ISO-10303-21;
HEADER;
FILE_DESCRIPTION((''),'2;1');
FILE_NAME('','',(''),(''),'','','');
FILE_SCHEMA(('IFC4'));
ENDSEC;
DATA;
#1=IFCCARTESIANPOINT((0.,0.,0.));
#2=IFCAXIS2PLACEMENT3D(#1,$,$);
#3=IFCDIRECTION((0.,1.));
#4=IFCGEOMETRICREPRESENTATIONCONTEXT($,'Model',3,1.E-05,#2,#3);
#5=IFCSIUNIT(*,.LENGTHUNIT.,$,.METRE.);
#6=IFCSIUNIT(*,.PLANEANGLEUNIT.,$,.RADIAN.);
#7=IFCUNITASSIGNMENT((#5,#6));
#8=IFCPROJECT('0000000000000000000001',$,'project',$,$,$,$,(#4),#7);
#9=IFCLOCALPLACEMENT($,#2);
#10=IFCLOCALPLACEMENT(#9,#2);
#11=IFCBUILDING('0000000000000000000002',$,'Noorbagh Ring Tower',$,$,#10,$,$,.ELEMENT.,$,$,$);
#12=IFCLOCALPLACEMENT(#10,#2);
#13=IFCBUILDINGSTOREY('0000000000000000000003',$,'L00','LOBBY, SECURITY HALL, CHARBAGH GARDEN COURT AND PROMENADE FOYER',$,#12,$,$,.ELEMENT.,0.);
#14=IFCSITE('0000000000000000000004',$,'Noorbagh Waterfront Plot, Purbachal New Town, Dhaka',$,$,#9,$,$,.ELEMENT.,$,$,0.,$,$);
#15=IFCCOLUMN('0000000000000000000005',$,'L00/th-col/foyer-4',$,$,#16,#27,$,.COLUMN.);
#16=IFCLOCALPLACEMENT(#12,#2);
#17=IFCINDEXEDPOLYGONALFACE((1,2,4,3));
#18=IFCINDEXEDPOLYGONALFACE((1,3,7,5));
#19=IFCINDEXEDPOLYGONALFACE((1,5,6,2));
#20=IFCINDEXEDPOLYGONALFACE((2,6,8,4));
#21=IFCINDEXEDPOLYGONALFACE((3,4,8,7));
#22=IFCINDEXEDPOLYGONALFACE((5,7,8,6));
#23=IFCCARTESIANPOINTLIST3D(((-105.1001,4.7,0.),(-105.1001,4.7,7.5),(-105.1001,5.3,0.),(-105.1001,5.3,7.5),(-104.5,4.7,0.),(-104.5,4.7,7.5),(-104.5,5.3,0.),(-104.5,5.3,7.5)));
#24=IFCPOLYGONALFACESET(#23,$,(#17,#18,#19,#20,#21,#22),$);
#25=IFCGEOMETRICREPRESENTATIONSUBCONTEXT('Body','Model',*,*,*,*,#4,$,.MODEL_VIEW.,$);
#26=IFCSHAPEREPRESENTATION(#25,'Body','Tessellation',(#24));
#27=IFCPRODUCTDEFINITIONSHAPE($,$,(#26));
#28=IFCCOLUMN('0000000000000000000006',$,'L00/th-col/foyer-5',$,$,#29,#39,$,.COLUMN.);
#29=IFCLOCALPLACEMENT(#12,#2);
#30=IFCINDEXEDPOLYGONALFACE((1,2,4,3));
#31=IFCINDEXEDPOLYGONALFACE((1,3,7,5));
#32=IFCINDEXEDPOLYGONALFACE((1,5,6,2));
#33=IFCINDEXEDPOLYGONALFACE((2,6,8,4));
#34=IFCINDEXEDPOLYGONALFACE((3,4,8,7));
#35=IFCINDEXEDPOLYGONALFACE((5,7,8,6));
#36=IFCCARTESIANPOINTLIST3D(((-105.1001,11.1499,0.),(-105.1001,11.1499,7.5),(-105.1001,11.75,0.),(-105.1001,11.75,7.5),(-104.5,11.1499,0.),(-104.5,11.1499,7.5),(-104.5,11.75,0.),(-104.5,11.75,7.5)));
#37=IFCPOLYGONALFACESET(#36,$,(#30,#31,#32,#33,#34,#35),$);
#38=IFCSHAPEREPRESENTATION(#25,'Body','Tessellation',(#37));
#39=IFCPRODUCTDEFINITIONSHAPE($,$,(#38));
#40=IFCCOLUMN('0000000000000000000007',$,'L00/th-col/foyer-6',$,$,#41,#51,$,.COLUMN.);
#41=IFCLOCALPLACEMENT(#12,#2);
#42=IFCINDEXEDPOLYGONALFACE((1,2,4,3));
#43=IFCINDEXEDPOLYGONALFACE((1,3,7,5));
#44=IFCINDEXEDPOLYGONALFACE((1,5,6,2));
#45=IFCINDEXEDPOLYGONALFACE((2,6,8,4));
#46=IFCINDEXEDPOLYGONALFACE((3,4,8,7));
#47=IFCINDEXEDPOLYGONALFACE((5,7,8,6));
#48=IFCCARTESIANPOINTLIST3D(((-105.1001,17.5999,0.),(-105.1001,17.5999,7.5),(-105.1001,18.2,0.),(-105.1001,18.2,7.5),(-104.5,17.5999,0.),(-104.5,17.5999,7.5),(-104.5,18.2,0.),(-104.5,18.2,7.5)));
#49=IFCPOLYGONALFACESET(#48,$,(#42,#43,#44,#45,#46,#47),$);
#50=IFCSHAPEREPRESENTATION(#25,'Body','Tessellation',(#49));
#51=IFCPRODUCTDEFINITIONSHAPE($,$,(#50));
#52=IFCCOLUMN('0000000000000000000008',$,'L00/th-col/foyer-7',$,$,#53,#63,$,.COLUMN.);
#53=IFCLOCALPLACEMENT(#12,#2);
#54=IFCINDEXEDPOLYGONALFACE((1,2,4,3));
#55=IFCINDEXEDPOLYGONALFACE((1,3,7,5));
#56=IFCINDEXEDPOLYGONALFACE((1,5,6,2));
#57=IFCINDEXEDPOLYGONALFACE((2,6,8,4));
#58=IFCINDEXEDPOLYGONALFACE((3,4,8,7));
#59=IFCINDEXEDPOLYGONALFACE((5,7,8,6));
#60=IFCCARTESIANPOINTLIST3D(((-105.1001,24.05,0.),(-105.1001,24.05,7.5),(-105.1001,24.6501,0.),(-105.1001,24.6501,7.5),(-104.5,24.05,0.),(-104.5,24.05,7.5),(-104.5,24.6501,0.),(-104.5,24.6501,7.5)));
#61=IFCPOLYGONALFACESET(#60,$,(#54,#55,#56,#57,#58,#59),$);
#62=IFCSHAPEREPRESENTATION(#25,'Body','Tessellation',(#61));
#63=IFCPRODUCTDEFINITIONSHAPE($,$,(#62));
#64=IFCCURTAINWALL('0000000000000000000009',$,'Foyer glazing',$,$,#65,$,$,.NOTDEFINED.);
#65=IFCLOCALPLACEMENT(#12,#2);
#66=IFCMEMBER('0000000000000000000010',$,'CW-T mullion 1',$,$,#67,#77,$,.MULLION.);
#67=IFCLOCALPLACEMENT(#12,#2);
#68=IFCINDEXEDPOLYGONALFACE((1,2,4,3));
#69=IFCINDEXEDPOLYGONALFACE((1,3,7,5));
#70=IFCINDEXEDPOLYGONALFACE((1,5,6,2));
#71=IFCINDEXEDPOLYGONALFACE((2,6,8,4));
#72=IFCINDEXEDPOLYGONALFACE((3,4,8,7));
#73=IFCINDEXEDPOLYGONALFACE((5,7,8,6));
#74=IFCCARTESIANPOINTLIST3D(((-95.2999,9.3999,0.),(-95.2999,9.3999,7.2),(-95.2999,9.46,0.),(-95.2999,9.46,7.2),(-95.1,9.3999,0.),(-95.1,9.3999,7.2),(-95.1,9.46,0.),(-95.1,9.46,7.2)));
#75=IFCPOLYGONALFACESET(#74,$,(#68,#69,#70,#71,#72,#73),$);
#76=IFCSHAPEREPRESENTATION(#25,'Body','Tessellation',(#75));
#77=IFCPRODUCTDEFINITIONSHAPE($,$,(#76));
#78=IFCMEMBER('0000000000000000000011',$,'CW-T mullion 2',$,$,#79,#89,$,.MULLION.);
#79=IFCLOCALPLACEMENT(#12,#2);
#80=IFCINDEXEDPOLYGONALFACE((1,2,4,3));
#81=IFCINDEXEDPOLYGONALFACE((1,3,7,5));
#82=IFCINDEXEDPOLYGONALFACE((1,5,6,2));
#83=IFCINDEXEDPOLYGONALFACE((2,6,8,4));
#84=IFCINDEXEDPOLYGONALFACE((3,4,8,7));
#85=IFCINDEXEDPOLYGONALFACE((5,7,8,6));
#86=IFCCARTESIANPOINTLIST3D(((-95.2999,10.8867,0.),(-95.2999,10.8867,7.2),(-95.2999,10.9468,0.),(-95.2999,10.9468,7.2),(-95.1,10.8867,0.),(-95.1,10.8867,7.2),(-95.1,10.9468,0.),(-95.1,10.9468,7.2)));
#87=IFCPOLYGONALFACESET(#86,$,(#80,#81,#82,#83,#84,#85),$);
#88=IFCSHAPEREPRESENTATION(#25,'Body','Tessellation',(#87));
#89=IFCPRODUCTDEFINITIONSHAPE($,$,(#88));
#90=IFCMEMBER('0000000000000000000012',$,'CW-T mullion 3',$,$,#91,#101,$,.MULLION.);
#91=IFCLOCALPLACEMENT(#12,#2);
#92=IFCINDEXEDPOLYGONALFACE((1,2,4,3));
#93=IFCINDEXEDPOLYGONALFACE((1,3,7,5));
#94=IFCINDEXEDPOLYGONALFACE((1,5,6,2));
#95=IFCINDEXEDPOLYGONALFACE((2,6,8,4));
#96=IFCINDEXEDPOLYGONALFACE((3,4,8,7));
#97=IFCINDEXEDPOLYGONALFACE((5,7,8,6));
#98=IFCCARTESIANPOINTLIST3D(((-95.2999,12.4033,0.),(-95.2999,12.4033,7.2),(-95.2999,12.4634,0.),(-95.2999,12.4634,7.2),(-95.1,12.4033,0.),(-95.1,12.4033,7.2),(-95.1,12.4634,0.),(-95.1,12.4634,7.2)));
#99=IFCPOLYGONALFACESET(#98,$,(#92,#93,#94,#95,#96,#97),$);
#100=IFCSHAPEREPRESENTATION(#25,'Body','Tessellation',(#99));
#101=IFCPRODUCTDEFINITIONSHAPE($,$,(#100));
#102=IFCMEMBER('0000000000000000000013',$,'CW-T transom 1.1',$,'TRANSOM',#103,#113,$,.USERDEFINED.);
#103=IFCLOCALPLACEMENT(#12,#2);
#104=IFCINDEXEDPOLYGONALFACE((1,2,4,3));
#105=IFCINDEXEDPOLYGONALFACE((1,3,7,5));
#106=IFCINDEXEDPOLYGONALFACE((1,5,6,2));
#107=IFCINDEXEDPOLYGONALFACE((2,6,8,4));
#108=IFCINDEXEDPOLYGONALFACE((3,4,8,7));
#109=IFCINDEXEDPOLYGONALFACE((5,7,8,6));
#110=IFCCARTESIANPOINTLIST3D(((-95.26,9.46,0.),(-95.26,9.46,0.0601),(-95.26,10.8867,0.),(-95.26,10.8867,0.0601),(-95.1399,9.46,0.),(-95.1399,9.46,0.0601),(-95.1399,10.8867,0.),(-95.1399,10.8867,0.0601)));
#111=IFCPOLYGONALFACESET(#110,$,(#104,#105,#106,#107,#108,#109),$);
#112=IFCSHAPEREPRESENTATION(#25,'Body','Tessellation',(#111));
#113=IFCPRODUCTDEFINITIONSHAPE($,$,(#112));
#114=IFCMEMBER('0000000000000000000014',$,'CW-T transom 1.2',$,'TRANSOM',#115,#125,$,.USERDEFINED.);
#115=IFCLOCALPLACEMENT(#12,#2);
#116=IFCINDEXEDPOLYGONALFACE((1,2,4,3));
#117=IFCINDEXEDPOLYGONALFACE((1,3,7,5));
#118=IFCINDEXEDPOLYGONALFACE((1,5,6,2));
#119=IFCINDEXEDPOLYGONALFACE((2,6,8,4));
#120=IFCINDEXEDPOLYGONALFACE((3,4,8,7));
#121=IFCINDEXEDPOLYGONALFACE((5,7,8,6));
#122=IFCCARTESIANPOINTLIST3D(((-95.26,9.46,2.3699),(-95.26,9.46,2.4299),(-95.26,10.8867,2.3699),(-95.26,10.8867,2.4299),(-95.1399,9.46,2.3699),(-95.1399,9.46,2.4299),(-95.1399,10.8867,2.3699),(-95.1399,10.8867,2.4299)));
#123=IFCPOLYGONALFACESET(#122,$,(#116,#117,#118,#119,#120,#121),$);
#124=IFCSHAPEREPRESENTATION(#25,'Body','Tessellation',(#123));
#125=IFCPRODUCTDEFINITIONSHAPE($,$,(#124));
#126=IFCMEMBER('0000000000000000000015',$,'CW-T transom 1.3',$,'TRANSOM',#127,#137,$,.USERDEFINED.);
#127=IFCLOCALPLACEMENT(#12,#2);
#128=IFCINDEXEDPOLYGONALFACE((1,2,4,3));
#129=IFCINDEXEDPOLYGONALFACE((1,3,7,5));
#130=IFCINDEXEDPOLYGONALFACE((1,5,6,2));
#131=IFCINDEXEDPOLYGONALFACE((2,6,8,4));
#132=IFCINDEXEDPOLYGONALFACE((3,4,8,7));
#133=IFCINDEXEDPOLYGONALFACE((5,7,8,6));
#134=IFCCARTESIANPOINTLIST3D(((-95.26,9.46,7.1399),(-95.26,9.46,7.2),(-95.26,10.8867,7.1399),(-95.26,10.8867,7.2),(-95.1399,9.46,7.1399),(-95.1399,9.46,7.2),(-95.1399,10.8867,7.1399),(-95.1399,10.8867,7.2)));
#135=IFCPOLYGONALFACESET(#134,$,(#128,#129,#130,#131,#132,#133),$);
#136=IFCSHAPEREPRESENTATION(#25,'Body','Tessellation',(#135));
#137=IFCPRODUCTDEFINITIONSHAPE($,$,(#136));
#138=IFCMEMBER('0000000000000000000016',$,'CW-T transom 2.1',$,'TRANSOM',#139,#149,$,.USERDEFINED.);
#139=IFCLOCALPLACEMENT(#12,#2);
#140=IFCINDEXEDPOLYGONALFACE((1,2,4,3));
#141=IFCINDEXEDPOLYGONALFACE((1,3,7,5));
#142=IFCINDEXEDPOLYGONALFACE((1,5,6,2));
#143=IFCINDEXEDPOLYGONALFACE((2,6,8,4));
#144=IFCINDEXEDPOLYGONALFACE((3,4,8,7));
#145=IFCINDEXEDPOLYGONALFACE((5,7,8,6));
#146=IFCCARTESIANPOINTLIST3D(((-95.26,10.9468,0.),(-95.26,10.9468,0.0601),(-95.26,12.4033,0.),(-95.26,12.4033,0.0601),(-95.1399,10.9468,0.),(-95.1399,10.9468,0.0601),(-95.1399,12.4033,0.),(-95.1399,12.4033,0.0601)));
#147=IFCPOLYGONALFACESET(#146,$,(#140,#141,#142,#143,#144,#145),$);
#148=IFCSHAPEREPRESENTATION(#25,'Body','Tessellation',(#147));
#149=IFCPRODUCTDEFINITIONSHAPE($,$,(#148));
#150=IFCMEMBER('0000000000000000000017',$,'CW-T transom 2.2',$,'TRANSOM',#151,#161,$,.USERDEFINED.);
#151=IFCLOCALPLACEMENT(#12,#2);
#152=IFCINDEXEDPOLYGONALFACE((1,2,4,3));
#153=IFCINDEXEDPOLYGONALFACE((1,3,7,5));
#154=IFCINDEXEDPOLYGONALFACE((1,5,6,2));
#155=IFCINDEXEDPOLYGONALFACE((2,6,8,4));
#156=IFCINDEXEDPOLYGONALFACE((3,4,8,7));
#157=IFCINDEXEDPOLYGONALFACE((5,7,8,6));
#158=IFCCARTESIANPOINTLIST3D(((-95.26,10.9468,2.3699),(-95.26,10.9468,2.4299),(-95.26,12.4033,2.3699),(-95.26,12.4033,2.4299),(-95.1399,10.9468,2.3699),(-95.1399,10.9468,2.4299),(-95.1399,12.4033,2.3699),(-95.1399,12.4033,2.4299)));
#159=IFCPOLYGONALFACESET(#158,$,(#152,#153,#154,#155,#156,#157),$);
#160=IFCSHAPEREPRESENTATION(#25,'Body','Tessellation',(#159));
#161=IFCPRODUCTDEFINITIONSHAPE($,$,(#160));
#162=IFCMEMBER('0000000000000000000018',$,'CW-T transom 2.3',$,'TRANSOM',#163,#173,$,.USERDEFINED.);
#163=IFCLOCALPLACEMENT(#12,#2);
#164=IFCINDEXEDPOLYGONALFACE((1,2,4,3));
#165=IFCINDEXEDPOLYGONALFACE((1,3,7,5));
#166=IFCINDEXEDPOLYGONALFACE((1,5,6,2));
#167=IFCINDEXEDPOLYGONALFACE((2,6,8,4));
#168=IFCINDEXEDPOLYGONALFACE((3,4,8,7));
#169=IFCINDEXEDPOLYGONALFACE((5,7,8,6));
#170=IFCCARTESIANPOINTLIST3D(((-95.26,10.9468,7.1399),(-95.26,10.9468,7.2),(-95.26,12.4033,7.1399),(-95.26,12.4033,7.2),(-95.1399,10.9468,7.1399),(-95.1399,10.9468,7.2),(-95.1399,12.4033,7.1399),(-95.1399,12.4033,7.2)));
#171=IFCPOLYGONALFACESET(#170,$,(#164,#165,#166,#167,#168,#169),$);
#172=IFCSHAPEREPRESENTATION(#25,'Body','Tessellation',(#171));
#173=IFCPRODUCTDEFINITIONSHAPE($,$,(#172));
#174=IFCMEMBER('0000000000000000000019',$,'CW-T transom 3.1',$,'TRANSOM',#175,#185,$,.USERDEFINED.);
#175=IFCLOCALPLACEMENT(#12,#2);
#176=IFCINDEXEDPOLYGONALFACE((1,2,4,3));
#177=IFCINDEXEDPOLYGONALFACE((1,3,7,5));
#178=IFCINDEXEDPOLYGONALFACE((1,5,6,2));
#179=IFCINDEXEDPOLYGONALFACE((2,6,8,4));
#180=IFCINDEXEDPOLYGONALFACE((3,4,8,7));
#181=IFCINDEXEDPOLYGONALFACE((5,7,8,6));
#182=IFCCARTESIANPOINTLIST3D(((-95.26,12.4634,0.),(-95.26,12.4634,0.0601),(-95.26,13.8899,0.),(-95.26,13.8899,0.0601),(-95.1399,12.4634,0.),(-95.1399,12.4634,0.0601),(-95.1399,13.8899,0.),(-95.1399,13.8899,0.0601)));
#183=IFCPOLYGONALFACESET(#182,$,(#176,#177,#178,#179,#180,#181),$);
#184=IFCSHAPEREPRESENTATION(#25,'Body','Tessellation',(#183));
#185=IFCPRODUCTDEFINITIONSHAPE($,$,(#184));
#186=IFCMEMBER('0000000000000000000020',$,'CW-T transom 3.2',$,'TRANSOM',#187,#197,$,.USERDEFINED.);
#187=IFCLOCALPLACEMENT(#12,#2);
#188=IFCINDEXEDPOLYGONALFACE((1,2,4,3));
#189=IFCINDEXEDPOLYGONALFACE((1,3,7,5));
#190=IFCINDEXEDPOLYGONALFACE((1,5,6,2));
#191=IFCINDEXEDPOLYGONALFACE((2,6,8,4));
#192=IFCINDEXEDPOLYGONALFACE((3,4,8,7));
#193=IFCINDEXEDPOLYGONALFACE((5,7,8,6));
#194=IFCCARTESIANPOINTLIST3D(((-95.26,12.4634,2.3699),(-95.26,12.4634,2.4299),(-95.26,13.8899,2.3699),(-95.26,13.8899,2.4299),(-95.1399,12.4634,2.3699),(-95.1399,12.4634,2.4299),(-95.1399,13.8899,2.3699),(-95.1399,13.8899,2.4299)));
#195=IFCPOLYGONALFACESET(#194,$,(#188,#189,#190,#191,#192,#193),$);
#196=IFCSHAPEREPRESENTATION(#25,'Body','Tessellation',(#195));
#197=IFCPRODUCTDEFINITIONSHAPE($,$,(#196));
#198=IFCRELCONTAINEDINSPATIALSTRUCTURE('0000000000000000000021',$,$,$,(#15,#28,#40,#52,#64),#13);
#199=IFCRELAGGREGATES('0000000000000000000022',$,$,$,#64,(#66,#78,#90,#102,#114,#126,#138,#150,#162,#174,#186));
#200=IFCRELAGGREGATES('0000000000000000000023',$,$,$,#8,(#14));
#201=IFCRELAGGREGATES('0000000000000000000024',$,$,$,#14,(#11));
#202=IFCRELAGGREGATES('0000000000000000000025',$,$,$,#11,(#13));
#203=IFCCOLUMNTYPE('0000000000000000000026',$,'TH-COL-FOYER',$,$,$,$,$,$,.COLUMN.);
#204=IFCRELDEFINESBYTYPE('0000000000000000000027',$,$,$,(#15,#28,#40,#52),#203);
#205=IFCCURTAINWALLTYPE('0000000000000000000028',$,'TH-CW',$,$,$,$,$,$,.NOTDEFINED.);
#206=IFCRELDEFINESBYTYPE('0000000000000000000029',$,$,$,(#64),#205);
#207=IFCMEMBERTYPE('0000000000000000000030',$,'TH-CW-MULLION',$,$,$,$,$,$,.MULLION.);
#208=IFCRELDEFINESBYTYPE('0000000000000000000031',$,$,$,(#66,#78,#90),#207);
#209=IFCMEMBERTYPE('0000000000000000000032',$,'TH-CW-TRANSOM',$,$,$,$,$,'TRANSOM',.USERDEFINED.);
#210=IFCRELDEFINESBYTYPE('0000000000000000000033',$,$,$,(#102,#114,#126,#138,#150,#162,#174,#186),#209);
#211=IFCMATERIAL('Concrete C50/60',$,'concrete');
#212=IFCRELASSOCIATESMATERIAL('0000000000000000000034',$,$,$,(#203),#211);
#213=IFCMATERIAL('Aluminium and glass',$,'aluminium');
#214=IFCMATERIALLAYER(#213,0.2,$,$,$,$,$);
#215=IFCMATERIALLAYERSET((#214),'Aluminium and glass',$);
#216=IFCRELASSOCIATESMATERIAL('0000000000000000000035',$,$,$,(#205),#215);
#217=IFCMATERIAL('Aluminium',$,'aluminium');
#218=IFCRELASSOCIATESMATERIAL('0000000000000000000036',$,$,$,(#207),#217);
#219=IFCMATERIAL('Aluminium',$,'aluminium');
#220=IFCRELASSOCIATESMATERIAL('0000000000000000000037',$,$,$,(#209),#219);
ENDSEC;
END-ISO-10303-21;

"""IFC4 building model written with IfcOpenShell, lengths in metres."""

from ifc_helpers import new_model, si_unit, direction, frame, origin, origin_2d, place, context, subcontext, project, spatial, rectangle, extrude, material, layer, layer_set, material_profile, profile_set, type_object, element, aggregate, save


model = new_model("IFC4")

# Units and contexts
model_context = context("Model", 3, precision=1e-05, world=origin(), true_north=direction((0.0, 1.0)))
body_context = subcontext(model_context, "Body", "Model", "MODEL_VIEW")
ifc_project = project(units=[si_unit("LENGTHUNIT", "METRE"), si_unit("PLANEANGLEUNIT", "RADIAN")], contexts=[model_context])

# Site, building, storey
site_placement = place(None, origin())
site = spatial("IfcSite", under=ifc_project, at=site_placement, Name="Noorbagh Waterfront Plot, Purbachal New Town, Dhaka", CompositionType="ELEMENT", RefElevation=0.0)
building_placement = place(site_placement, origin())
building = spatial("IfcBuilding", under=site, at=building_placement, Name="Noorbagh Ring Tower", CompositionType="ELEMENT")
storey_placement = place(building_placement, origin())
storey = spatial("IfcBuildingStorey", under=building, at=storey_placement, Name="L00", Description="LOBBY, SECURITY HALL, CHARBAGH GARDEN COURT AND PROMENADE FOYER", CompositionType="ELEMENT", Elevation=0.0)

# Columns
ifc_material_1 = material(Name="Concrete C50/60", Category="concrete")
ifc_material_profile_1 = material_profile(ifc_material_1, rectangle(XDim=0.6001, YDim=0.6001, at=origin_2d()), Name="RC600x600")
ifc_profile_set_1 = profile_set([ifc_material_profile_1], Name="Concrete C50/60")
column_type = type_object("IfcColumnType", Name="TH-COL-FOYER", PredefinedType="COLUMN", material=ifc_profile_set_1)
for number, where, z_axis, x_axis, name in (
    (1, (-104.8, 5.0, 0.0), (0.0, 0.0, 1.0), (1.0, 0.0, 0.0), "L00/th-col/foyer-4"),
    (2, (-104.8, 11.45, 0.0), (0.0, 0.0, 1.0), (1.0, 0.0, 0.0), "L00/th-col/foyer-5"),
    (3, (-104.8, 17.8999, 0.0), (0.0, 0.0, 1.0), (1.0, 0.0, 0.0), "L00/th-col/foyer-6"),
    (4, (-104.8, 24.3501, 0.0), (0.0, 0.0, 1.0), (1.0, 0.0, 0.0), "L00/th-col/foyer-7"),
):
    element("IfcColumn", number, at=place(storey_placement, frame(where, z_axis=z_axis, x_axis=x_axis)), inside=storey, type_object=column_type, Name=name, PredefinedType="COLUMN", context=body_context, shape_type="SweptSolid", body=[
        extrude(rectangle(XDim=0.6001, YDim=0.6001, at=origin_2d()), origin(), (0.0, 0.0, 1.0), 7.5),
    ])

# Curtain wall, members
ifc_material_2 = material(Name="Aluminium and glass", Category="aluminium")
ifc_layer_1 = layer(ifc_material_2, 0.2)
ifc_layer_set_1 = layer_set([ifc_layer_1], Name="Aluminium and glass")
curtain_wall_type = type_object("IfcCurtainWallType", Name="TH-CW", PredefinedType="NOTDEFINED", material=ifc_layer_set_1)
curtain_wall_placement = place(storey_placement, origin())
curtain_wall = element("IfcCurtainWall", 5, at=curtain_wall_placement, inside=storey, type_object=curtain_wall_type, Name="Foyer glazing", PredefinedType="NOTDEFINED")
ifc_material_3 = material(Name="Aluminium", Category="aluminium")
ifc_material_profile_2 = material_profile(ifc_material_3, rectangle(XDim=0.2, YDim=0.0601, at=origin_2d()), Name="AL 200x60")
ifc_profile_set_2 = profile_set([ifc_material_profile_2], Name="Aluminium")
member_type_1 = type_object("IfcMemberType", Name="TH-CW-MULLION", PredefinedType="MULLION", material=ifc_profile_set_2)
member_1_placement = place(storey_placement, frame((-95.2, 9.4299, 0.0), z_axis=(0.0, 0.0, 1.0), x_axis=(-1.0, 0.0, 0.0)))
member_1 = element("IfcMember", 6, at=member_1_placement, type_object=member_type_1, Name="CW-T mullion 1", PredefinedType="MULLION", context=body_context, shape_type="SweptSolid", body=[
    extrude(rectangle(XDim=0.2, YDim=0.0601, at=origin_2d()), origin(), (0.0, 0.0, 1.0), 7.2),
])
member_2_placement = place(storey_placement, frame((-95.2, 10.9167, 0.0), z_axis=(0.0, 0.0, 1.0), x_axis=(-1.0, 0.0, 0.0)))
member_2 = element("IfcMember", 7, at=member_2_placement, type_object=member_type_1, Name="CW-T mullion 2", PredefinedType="MULLION", context=body_context, shape_type="SweptSolid", body=[
    extrude(rectangle(XDim=0.2, YDim=0.0601, at=origin_2d()), origin(), (0.0, 0.0, 1.0), 7.2),
])
member_3_placement = place(storey_placement, frame((-95.2, 12.4333, 0.0), z_axis=(0.0, 0.0, 1.0), x_axis=(-1.0, 0.0, 0.0)))
member_3 = element("IfcMember", 8, at=member_3_placement, type_object=member_type_1, Name="CW-T mullion 3", PredefinedType="MULLION", context=body_context, shape_type="SweptSolid", body=[
    extrude(rectangle(XDim=0.2, YDim=0.0601, at=origin_2d()), origin(), (0.0, 0.0, 1.0), 7.2),
])
ifc_material_4 = material(Name="Aluminium", Category="aluminium")
ifc_material_profile_3 = material_profile(ifc_material_4, rectangle(XDim=0.1201, YDim=0.0601, at=origin_2d()), Name="AL 120x60")
ifc_profile_set_3 = profile_set([ifc_material_profile_3], Name="Aluminium")
member_type_2 = type_object("IfcMemberType", Name="TH-CW-TRANSOM", ElementType="TRANSOM", PredefinedType="USERDEFINED", material=ifc_profile_set_3)
member_4_placement = place(storey_placement, frame((-95.2, 9.46, 0.03), z_axis=(0.0, 1.0, 0.0), x_axis=(-1.0, 0.0, 0.0)))
member_4 = element("IfcMember", 9, at=member_4_placement, type_object=member_type_2, Name="CW-T transom 1.1", ObjectType="TRANSOM", PredefinedType="USERDEFINED", context=body_context, shape_type="SweptSolid", body=[
    extrude(rectangle(XDim=0.1201, YDim=0.0601, at=origin_2d()), origin(), (0.0, 0.0, 1.0), 1.4268),
])
member_5_placement = place(storey_placement, frame((-95.2, 9.46, 2.3999), z_axis=(0.0, 1.0, 0.0), x_axis=(-1.0, 0.0, 0.0)))
member_5 = element("IfcMember", 10, at=member_5_placement, type_object=member_type_2, Name="CW-T transom 1.2", ObjectType="TRANSOM", PredefinedType="USERDEFINED", context=body_context, shape_type="SweptSolid", body=[
    extrude(rectangle(XDim=0.1201, YDim=0.0601, at=origin_2d()), origin(), (0.0, 0.0, 1.0), 1.4268),
])
member_6_placement = place(storey_placement, frame((-95.2, 9.46, 7.1699), z_axis=(0.0, 1.0, 0.0), x_axis=(-1.0, 0.0, 0.0)))
member_6 = element("IfcMember", 11, at=member_6_placement, type_object=member_type_2, Name="CW-T transom 1.3", ObjectType="TRANSOM", PredefinedType="USERDEFINED", context=body_context, shape_type="SweptSolid", body=[
    extrude(rectangle(XDim=0.1201, YDim=0.0601, at=origin_2d()), origin(), (0.0, 0.0, 1.0), 1.4268),
])
member_7_placement = place(storey_placement, frame((-95.2, 10.9468, 0.03), z_axis=(0.0, 1.0, 0.0), x_axis=(-1.0, 0.0, 0.0)))
member_7 = element("IfcMember", 12, at=member_7_placement, type_object=member_type_2, Name="CW-T transom 2.1", ObjectType="TRANSOM", PredefinedType="USERDEFINED", context=body_context, shape_type="SweptSolid", body=[
    extrude(rectangle(XDim=0.1201, YDim=0.0601, at=origin_2d()), origin(), (0.0, 0.0, 1.0), 1.4565),
])
member_8_placement = place(storey_placement, frame((-95.2, 10.9468, 2.3999), z_axis=(0.0, 1.0, 0.0), x_axis=(-1.0, 0.0, 0.0)))
member_8 = element("IfcMember", 13, at=member_8_placement, type_object=member_type_2, Name="CW-T transom 2.2", ObjectType="TRANSOM", PredefinedType="USERDEFINED", context=body_context, shape_type="SweptSolid", body=[
    extrude(rectangle(XDim=0.1201, YDim=0.0601, at=origin_2d()), origin(), (0.0, 0.0, 1.0), 1.4565),
])
member_9_placement = place(storey_placement, frame((-95.2, 10.9468, 7.1699), z_axis=(0.0, 1.0, 0.0), x_axis=(-1.0, 0.0, 0.0)))
member_9 = element("IfcMember", 14, at=member_9_placement, type_object=member_type_2, Name="CW-T transom 2.3", ObjectType="TRANSOM", PredefinedType="USERDEFINED", context=body_context, shape_type="SweptSolid", body=[
    extrude(rectangle(XDim=0.1201, YDim=0.0601, at=origin_2d()), origin(), (0.0, 0.0, 1.0), 1.4565),
])
member_10_placement = place(storey_placement, frame((-95.2, 12.4634, 0.03), z_axis=(0.0, 1.0, 0.0), x_axis=(-1.0, 0.0, 0.0)))
member_10 = element("IfcMember", 15, at=member_10_placement, type_object=member_type_2, Name="CW-T transom 3.1", ObjectType="TRANSOM", PredefinedType="USERDEFINED", context=body_context, shape_type="SweptSolid", body=[
    extrude(rectangle(XDim=0.1201, YDim=0.0601, at=origin_2d()), origin(), (0.0, 0.0, 1.0), 1.4265),
])
member_11_placement = place(storey_placement, frame((-95.2, 12.4634, 2.3999), z_axis=(0.0, 1.0, 0.0), x_axis=(-1.0, 0.0, 0.0)))
member_11 = element("IfcMember", 16, at=member_11_placement, type_object=member_type_2, Name="CW-T transom 3.2", ObjectType="TRANSOM", PredefinedType="USERDEFINED", context=body_context, shape_type="SweptSolid", body=[
    extrude(rectangle(XDim=0.1201, YDim=0.0601, at=origin_2d()), origin(), (0.0, 0.0, 1.0), 1.4265),
])
aggregate(curtain_wall, [member_1, member_2, member_3, member_4, member_5, member_6, member_7, member_8, member_9, member_10, member_11])

save(model, "model.ifc")
